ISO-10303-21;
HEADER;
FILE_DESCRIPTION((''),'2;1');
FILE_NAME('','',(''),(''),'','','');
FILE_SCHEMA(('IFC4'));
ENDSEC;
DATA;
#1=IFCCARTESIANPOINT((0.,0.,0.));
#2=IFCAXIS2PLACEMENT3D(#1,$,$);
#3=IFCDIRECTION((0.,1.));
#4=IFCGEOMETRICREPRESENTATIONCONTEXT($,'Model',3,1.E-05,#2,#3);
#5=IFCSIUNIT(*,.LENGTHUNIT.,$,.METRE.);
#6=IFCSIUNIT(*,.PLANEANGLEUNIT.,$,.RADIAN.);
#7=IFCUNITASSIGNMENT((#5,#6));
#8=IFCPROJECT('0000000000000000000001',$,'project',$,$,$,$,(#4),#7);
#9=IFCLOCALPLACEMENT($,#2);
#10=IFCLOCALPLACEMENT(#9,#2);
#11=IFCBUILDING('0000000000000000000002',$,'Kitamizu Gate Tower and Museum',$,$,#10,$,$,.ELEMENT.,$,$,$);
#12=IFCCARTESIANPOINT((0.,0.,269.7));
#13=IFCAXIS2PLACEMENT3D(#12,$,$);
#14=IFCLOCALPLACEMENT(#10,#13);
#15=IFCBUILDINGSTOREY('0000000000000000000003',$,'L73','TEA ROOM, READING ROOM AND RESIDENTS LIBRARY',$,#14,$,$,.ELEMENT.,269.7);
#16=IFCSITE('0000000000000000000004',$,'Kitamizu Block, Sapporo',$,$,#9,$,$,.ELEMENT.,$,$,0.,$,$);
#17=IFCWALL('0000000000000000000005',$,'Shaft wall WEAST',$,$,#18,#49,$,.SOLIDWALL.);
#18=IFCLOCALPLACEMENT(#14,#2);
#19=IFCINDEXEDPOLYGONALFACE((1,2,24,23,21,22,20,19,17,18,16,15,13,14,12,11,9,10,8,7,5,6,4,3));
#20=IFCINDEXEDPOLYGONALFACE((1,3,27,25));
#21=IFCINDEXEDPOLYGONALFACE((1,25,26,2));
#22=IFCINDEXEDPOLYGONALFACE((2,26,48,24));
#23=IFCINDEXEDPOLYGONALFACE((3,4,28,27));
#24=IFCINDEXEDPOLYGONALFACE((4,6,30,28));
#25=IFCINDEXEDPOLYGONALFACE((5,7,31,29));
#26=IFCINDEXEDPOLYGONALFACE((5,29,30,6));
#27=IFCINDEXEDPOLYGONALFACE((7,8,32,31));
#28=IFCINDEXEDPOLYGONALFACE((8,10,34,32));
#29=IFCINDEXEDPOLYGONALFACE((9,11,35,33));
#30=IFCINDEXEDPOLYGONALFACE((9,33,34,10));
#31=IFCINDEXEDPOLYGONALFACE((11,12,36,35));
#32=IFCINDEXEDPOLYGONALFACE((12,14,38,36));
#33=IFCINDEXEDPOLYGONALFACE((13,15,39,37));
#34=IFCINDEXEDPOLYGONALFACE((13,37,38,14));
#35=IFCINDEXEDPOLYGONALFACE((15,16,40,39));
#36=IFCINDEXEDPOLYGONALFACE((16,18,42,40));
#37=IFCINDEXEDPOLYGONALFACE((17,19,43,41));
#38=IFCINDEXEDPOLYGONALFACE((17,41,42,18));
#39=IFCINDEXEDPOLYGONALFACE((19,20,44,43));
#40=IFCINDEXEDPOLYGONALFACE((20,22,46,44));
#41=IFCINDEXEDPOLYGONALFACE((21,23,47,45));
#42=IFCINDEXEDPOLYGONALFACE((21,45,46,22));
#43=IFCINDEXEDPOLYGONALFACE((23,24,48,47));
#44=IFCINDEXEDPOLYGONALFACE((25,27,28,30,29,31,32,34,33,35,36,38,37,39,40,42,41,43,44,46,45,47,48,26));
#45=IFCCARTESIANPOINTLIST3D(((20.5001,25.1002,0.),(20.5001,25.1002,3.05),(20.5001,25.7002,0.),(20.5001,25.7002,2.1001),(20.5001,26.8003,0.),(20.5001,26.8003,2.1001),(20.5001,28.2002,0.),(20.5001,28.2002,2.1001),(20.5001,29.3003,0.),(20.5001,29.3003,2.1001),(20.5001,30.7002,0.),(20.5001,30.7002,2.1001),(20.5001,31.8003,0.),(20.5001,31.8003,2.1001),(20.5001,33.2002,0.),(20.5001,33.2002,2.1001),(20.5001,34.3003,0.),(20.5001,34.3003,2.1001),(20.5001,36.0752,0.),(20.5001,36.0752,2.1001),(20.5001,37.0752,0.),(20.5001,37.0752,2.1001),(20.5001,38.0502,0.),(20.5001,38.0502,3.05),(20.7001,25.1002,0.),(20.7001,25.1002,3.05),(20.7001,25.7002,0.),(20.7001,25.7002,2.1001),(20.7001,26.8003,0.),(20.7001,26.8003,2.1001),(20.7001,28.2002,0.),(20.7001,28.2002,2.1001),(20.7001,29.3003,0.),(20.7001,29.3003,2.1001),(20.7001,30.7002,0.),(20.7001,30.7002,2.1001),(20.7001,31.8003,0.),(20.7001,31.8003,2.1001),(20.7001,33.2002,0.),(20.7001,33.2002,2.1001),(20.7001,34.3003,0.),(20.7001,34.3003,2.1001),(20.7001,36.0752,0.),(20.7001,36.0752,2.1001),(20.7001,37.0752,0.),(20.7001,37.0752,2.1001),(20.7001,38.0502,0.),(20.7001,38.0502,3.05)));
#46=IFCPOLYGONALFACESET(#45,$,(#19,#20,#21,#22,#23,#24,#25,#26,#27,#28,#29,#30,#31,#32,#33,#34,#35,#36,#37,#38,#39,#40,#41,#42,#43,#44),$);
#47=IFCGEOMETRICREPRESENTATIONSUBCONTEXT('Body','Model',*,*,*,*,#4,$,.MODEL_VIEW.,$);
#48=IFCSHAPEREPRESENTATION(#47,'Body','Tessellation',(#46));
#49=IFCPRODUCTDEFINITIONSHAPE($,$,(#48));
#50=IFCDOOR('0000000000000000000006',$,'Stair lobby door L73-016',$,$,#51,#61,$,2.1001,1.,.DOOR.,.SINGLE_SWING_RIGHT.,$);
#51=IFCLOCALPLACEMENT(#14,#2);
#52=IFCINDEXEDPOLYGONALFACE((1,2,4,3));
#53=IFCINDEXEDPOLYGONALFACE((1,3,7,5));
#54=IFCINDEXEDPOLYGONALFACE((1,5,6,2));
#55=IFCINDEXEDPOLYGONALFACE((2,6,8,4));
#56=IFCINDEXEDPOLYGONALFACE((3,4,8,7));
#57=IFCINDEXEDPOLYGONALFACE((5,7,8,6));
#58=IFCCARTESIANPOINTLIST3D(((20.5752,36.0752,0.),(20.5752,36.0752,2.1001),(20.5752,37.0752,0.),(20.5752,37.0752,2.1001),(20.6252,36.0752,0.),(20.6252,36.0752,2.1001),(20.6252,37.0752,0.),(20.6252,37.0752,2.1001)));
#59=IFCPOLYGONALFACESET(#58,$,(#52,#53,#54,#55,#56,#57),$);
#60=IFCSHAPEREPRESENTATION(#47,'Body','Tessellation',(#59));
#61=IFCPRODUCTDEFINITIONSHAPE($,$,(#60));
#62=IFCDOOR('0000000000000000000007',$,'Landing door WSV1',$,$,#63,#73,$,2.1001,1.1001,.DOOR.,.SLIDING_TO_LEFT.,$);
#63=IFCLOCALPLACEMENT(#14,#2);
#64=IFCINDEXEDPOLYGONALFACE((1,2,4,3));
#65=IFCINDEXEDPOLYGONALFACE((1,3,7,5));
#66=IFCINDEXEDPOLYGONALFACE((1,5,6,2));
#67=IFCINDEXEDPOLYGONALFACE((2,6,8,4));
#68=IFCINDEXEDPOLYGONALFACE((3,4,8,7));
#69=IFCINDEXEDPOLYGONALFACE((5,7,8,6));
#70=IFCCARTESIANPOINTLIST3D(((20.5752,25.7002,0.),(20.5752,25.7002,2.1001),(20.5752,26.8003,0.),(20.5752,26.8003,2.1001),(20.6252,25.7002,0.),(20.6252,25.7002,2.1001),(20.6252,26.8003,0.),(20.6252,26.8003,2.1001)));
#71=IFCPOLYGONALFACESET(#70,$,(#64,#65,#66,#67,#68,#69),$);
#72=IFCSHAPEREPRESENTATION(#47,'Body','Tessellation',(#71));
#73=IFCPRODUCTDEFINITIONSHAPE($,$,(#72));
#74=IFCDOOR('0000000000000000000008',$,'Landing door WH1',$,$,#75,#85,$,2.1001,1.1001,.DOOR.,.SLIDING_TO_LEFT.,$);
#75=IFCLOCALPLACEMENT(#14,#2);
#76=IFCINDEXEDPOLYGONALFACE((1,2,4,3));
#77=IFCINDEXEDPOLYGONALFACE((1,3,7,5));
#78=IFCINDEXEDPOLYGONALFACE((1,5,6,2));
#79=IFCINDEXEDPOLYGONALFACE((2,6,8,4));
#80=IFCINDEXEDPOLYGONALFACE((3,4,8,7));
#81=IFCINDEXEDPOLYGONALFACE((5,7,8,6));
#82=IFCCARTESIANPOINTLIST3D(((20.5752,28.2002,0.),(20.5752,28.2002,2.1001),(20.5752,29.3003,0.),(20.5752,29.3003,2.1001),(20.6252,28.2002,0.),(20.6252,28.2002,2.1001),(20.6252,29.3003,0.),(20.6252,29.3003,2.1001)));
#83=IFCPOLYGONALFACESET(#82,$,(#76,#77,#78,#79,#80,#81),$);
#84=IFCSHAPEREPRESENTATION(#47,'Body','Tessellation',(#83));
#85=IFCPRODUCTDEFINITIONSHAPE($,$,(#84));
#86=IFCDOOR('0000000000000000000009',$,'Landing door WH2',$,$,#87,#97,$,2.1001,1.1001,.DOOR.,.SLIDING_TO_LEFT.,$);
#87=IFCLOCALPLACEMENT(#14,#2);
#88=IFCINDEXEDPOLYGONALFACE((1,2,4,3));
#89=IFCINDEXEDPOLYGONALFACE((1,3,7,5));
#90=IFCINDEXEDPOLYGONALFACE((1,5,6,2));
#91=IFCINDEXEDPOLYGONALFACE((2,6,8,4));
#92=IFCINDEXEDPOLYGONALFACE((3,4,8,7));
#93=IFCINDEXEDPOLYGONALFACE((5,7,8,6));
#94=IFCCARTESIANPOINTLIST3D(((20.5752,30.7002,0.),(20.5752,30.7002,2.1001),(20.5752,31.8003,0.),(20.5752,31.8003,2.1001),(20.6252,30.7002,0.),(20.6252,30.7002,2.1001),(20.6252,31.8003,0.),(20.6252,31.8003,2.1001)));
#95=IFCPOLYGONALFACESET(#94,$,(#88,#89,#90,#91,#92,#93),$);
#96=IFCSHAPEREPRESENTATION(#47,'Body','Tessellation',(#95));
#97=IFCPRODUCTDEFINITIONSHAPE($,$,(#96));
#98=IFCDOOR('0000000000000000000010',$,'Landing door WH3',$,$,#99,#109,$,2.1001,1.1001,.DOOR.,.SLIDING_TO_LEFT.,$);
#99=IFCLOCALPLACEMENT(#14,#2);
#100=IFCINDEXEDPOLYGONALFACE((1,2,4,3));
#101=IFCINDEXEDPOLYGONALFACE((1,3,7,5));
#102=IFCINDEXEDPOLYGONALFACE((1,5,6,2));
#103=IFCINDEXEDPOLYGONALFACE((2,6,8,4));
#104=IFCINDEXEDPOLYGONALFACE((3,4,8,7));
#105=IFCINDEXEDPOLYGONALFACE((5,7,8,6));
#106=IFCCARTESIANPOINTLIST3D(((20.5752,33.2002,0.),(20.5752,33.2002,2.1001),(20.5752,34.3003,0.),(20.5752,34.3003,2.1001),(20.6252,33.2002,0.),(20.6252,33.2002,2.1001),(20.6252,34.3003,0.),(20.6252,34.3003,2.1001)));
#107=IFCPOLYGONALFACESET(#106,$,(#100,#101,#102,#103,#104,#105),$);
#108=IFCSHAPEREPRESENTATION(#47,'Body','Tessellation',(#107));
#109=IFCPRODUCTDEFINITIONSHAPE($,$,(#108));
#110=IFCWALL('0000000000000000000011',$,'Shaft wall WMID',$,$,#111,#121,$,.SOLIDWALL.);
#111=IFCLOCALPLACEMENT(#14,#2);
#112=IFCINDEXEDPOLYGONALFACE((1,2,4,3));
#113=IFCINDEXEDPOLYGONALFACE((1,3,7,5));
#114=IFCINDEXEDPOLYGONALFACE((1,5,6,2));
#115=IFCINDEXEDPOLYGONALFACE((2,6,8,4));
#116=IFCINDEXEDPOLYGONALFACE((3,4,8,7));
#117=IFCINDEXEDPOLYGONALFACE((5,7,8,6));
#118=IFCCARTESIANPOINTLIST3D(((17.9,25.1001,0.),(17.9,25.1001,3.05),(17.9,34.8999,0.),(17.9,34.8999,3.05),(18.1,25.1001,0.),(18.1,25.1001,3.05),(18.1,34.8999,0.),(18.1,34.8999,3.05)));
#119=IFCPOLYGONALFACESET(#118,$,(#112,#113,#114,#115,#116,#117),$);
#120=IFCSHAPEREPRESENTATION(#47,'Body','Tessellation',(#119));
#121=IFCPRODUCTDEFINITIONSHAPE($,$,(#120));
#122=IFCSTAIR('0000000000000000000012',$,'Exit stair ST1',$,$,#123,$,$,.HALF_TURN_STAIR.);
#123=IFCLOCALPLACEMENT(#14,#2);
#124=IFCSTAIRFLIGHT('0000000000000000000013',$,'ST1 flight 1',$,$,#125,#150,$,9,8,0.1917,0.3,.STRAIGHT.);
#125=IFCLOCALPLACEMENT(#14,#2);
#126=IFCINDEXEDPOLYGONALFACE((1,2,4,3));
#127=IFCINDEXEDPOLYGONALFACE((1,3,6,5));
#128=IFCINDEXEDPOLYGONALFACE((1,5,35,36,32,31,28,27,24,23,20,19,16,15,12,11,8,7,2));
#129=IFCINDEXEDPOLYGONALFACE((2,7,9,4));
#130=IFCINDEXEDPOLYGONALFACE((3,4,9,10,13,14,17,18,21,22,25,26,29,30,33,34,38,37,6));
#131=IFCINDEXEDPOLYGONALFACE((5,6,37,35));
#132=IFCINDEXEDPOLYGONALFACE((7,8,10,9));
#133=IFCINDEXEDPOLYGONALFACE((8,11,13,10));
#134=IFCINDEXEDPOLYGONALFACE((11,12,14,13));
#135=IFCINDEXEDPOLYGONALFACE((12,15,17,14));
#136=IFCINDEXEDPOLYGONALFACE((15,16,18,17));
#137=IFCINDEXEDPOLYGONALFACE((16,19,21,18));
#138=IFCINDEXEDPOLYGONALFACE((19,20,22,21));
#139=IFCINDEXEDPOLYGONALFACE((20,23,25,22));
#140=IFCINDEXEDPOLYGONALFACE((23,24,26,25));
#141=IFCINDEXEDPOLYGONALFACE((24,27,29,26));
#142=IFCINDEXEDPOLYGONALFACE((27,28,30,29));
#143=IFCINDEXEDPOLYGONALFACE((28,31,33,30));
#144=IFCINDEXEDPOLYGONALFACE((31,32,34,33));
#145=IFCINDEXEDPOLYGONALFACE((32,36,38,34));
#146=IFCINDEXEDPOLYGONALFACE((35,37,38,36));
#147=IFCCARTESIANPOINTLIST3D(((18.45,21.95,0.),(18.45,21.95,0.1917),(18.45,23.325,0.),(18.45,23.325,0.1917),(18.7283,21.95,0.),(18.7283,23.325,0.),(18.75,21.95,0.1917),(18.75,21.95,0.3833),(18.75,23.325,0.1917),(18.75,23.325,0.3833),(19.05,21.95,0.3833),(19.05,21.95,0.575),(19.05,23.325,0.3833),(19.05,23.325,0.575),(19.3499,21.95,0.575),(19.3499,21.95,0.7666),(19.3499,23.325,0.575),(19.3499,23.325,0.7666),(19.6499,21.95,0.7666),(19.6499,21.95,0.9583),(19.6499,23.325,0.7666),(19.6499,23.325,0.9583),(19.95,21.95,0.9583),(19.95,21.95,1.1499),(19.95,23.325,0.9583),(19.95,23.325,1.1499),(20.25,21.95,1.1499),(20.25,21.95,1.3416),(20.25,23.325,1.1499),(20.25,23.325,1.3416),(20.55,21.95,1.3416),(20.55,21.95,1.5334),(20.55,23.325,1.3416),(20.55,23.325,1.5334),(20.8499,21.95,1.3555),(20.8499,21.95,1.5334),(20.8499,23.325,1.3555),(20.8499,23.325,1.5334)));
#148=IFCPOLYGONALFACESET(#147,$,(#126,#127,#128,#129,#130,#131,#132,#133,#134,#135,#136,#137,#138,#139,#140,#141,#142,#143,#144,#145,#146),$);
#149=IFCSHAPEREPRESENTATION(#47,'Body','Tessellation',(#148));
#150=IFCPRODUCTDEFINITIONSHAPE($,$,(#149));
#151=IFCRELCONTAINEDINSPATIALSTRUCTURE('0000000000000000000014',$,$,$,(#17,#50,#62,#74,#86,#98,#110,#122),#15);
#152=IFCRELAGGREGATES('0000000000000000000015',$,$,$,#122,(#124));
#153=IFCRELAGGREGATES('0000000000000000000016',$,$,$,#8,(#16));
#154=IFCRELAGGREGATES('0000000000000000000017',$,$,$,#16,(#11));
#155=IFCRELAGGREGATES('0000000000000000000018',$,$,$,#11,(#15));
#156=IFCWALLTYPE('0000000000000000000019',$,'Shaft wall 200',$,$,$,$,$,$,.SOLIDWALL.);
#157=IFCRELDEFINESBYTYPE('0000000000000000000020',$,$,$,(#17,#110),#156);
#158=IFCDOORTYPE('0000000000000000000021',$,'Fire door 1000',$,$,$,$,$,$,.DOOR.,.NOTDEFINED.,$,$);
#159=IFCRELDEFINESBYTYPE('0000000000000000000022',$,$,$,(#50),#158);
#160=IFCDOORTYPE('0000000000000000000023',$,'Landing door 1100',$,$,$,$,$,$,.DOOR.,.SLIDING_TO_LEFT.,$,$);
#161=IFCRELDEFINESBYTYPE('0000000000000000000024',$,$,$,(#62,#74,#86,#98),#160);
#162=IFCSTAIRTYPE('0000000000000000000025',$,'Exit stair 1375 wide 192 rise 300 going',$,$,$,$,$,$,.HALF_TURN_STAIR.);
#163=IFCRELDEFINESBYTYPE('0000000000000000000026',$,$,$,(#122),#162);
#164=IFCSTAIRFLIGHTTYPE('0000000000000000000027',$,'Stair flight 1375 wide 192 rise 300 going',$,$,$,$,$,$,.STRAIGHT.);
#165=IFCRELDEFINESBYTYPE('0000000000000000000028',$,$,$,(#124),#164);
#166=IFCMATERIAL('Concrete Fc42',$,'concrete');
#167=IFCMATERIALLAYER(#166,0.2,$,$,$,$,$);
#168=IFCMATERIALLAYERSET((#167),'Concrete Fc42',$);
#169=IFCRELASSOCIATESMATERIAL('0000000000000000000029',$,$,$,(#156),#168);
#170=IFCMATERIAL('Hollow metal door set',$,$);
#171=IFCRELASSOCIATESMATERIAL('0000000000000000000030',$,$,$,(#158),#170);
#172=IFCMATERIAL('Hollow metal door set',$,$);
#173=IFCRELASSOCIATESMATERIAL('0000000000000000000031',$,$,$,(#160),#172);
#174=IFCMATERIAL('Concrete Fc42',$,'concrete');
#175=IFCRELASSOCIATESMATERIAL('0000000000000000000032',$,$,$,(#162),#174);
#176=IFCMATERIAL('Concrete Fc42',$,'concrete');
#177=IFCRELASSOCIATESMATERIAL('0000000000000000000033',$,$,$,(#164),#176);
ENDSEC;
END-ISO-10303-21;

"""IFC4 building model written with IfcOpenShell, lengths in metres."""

from ifc_helpers import new_model, si_unit, direction, frame, frame_2d, origin, place, context, subcontext, project, spatial, polyline, rectangle, outline, extrude, material, layer, layer_set, type_object, element, fill, aggregate, save


model = new_model("IFC4")

# Units and contexts
model_context = context("Model", 3, precision=1e-05, world=origin(), true_north=direction((0.0, 1.0)))
body_context = subcontext(model_context, "Body", "Model", "MODEL_VIEW")
ifc_project = project(units=[si_unit("LENGTHUNIT", "METRE"), si_unit("PLANEANGLEUNIT", "RADIAN")], contexts=[model_context])

# Site, building, storey
site_placement = place(None, origin())
site = spatial("IfcSite", under=ifc_project, at=site_placement, Name="Kitamizu Block, Sapporo", CompositionType="ELEMENT", RefElevation=0.0)
building_placement = place(site_placement, origin())
building = spatial("IfcBuilding", under=site, at=building_placement, Name="Kitamizu Gate Tower and Museum", CompositionType="ELEMENT")
storey_placement = place(building_placement, frame((0.0, 0.0, 269.7)))
storey = spatial("IfcBuildingStorey", under=building, at=storey_placement, Name="L73", Description="TEA ROOM, READING ROOM AND RESIDENTS LIBRARY", CompositionType="ELEMENT", Elevation=269.7)

# Wall, openings, doors
ifc_material_1 = material(Name="Concrete Fc42", Category="concrete")
ifc_layer_1 = layer(ifc_material_1, 0.2)
ifc_layer_set_1 = layer_set([ifc_layer_1], Name="Concrete Fc42")
wall_type_1 = type_object("IfcWallType", Name="Shaft wall 200", PredefinedType="SOLIDWALL", material=ifc_layer_set_1)
wall_1_placement = place(storey_placement, frame((20.6001, 25.1001, 0.0), z_axis=(0.0, 0.0, 1.0), x_axis=(0.0, 1.0, 0.0)))
wall_1 = element("IfcWall", 1, at=wall_1_placement, inside=storey, type_object=wall_type_1, Name="Shaft wall WEAST", PredefinedType="SOLIDWALL", context=body_context, shape_type="SweptSolid", body=[
    extrude(rectangle(XDim=12.95, YDim=0.2, at=frame_2d((6.4751, 0.0))), origin(), (0.0, 0.0, 1.0), 3.05),
])
opening_1_placement = place(wall_1_placement, frame((0.6001, 0.0, 0.0)))
opening_1 = element("IfcOpeningElement", 2, at=opening_1_placement, cuts=wall_1, PredefinedType="OPENING", context=body_context, shape_type="SweptSolid", body=[
    extrude(rectangle(XDim=1.1001, YDim=2.1001, at=frame_2d((0.55, 1.05))), frame((0.0, 0.1099, 0.0), z_axis=(0.0, -1.0, 0.0), x_axis=(1.0, 0.0, 0.0)), (0.0, 0.0, 1.0), 0.22),
])
opening_2_placement = place(wall_1_placement, frame((3.1001, 0.0, 0.0)))
opening_2 = element("IfcOpeningElement", 3, at=opening_2_placement, cuts=wall_1, PredefinedType="OPENING", context=body_context, shape_type="SweptSolid", body=[
    extrude(rectangle(XDim=1.1001, YDim=2.1001, at=frame_2d((0.55, 1.05))), frame((0.0, 0.1099, 0.0), z_axis=(0.0, -1.0, 0.0), x_axis=(1.0, 0.0, 0.0)), (0.0, 0.0, 1.0), 0.22),
])
opening_3_placement = place(wall_1_placement, frame((5.6001, 0.0, 0.0)))
opening_3 = element("IfcOpeningElement", 4, at=opening_3_placement, cuts=wall_1, PredefinedType="OPENING", context=body_context, shape_type="SweptSolid", body=[
    extrude(rectangle(XDim=1.1001, YDim=2.1001, at=frame_2d((0.55, 1.05))), frame((0.0, 0.1099, 0.0), z_axis=(0.0, -1.0, 0.0), x_axis=(1.0, 0.0, 0.0)), (0.0, 0.0, 1.0), 0.22),
])
opening_4_placement = place(wall_1_placement, frame((8.1001, 0.0, 0.0)))
opening_4 = element("IfcOpeningElement", 5, at=opening_4_placement, cuts=wall_1, PredefinedType="OPENING", context=body_context, shape_type="SweptSolid", body=[
    extrude(rectangle(XDim=1.1001, YDim=2.1001, at=frame_2d((0.55, 1.05))), frame((0.0, 0.1099, 0.0), z_axis=(0.0, -1.0, 0.0), x_axis=(1.0, 0.0, 0.0)), (0.0, 0.0, 1.0), 0.22),
])
opening_5_placement = place(wall_1_placement, frame((10.9751, 0.0, 0.0)))
opening_5 = element("IfcOpeningElement", 6, at=opening_5_placement, cuts=wall_1, PredefinedType="OPENING", context=body_context, shape_type="SweptSolid", body=[
    extrude(rectangle(XDim=1.0, YDim=2.1001, at=frame_2d((0.5, 1.05))), frame((0.0, 0.1099, 0.0), z_axis=(0.0, -1.0, 0.0), x_axis=(1.0, 0.0, 0.0)), (0.0, 0.0, 1.0), 0.22),
])
ifc_material_2 = material(Name="Hollow metal door set")
door_type_1 = type_object("IfcDoorType", Name="Fire door 1000", OperationType="NOTDEFINED", PredefinedType="DOOR", material=ifc_material_2)
door_1_placement = place(opening_5_placement, origin())
door_1 = element("IfcDoor", 7, at=door_1_placement, inside=storey, type_object=door_type_1, Name="Stair lobby door L73-016", OperationType="SINGLE_SWING_RIGHT", OverallHeight=2.1001, OverallWidth=1.0, PredefinedType="DOOR", context=body_context, shape_type="SweptSolid", body=[
    extrude(rectangle(XDim=1.0, YDim=2.1001, at=frame_2d((0.5, 1.05))), frame((0.0, 0.0249, 0.0), z_axis=(0.0, -1.0, 0.0), x_axis=(1.0, 0.0, 0.0)), (0.0, 0.0, 1.0), 0.05),
])
fill(opening_5, door_1)
ifc_material_3 = material(Name="Hollow metal door set")
door_type_2 = type_object("IfcDoorType", Name="Landing door 1100", OperationType="SLIDING_TO_LEFT", PredefinedType="DOOR", material=ifc_material_3)
door_2_placement = place(opening_1_placement, origin())
door_2 = element("IfcDoor", 8, at=door_2_placement, inside=storey, type_object=door_type_2, Name="Landing door WSV1", OperationType="SLIDING_TO_LEFT", OverallHeight=2.1001, OverallWidth=1.1001, PredefinedType="DOOR", context=body_context, shape_type="SweptSolid", body=[
    extrude(rectangle(XDim=1.1001, YDim=2.1001, at=frame_2d((0.55, 1.05))), frame((0.0, 0.0249, 0.0), z_axis=(0.0, -1.0, 0.0), x_axis=(1.0, 0.0, 0.0)), (0.0, 0.0, 1.0), 0.05),
])
fill(opening_1, door_2)
door_3_placement = place(opening_2_placement, origin())
door_3 = element("IfcDoor", 9, at=door_3_placement, inside=storey, type_object=door_type_2, Name="Landing door WH1", OperationType="SLIDING_TO_LEFT", OverallHeight=2.1001, OverallWidth=1.1001, PredefinedType="DOOR", context=body_context, shape_type="SweptSolid", body=[
    extrude(rectangle(XDim=1.1001, YDim=2.1001, at=frame_2d((0.55, 1.05))), frame((0.0, 0.0249, 0.0), z_axis=(0.0, -1.0, 0.0), x_axis=(1.0, 0.0, 0.0)), (0.0, 0.0, 1.0), 0.05),
])
fill(opening_2, door_3)
door_4_placement = place(opening_3_placement, origin())
door_4 = element("IfcDoor", 10, at=door_4_placement, inside=storey, type_object=door_type_2, Name="Landing door WH2", OperationType="SLIDING_TO_LEFT", OverallHeight=2.1001, OverallWidth=1.1001, PredefinedType="DOOR", context=body_context, shape_type="SweptSolid", body=[
    extrude(rectangle(XDim=1.1001, YDim=2.1001, at=frame_2d((0.55, 1.05))), frame((0.0, 0.0249, 0.0), z_axis=(0.0, -1.0, 0.0), x_axis=(1.0, 0.0, 0.0)), (0.0, 0.0, 1.0), 0.05),
])
fill(opening_3, door_4)
door_5_placement = place(opening_4_placement, origin())
door_5 = element("IfcDoor", 11, at=door_5_placement, inside=storey, type_object=door_type_2, Name="Landing door WH3", OperationType="SLIDING_TO_LEFT", OverallHeight=2.1001, OverallWidth=1.1001, PredefinedType="DOOR", context=body_context, shape_type="SweptSolid", body=[
    extrude(rectangle(XDim=1.1001, YDim=2.1001, at=frame_2d((0.55, 1.05))), frame((0.0, 0.0249, 0.0), z_axis=(0.0, -1.0, 0.0), x_axis=(1.0, 0.0, 0.0)), (0.0, 0.0, 1.0), 0.05),
])
fill(opening_4, door_5)

# Wall
wall_2_placement = place(storey_placement, frame((18.0, 25.1001, 0.0), z_axis=(0.0, 0.0, 1.0), x_axis=(0.0, 1.0, 0.0)))
element("IfcWall", 12, at=wall_2_placement, inside=storey, type_object=wall_type_1, Name="Shaft wall WMID", PredefinedType="SOLIDWALL", context=body_context, shape_type="SweptSolid", body=[
    extrude(rectangle(XDim=9.7998, YDim=0.2, at=frame_2d((4.8999, 0.0))), origin(), (0.0, 0.0, 1.0), 3.05),
])

# Stair, stair flight
ifc_material_4 = material(Name="Concrete Fc42", Category="concrete")
stair_type = type_object("IfcStairType", Name="Exit stair 1375 wide 192 rise 300 going", PredefinedType="HALF_TURN_STAIR", material=ifc_material_4)
stair_placement = place(storey_placement, origin())
stair = element("IfcStair", 13, at=stair_placement, inside=storey, type_object=stair_type, Name="Exit stair ST1", PredefinedType="HALF_TURN_STAIR")
ifc_material_5 = material(Name="Concrete Fc42", Category="concrete")
stair_flight_type = type_object("IfcStairFlightType", Name="Stair flight 1375 wide 192 rise 300 going", PredefinedType="STRAIGHT", material=ifc_material_5)
stair_flight_1_placement = place(storey_placement, frame((18.45, 22.6375, 0.0), z_axis=(0.0, 0.0, 1.0), x_axis=(1.0, 0.0, 0.0)))
stair_flight_1 = element("IfcStairFlight", 14, at=stair_flight_1_placement, type_object=stair_flight_type, Name="ST1 flight 1", NumberOfRisers=9, NumberOfTreads=8, PredefinedType="STRAIGHT", RiserHeight=0.1917, TreadLength=0.3, context=body_context, shape_type="SweptSolid", body=[
    extrude(outline(polyline([(0.0, 0.0), (0.0, 0.1917), (0.3, 0.1917), (0.3, 0.3833), (0.6001, 0.3833), (0.6001, 0.575), (0.8999, 0.575), (0.8999, 0.7666), (1.2, 0.7666), (1.2, 0.9583), (1.5, 0.9583), (1.5, 1.1499), (1.8, 1.1499), (1.8, 1.3416), (2.1001, 1.3416), (2.1001, 1.5334), (2.3999, 1.5334), (2.3999, 1.7251), (2.3999, 1.3555), (0.2783, 0.0), (0.0, 0.0)])), frame((0.0, 0.6875, 0.0), z_axis=(0.0, -1.0, 0.0), x_axis=(1.0, 0.0, 0.0)), (0.0, 0.0, 1.0), 1.375),
])
aggregate(stair, [stair_flight_1])

save(model, "model.ifc")
